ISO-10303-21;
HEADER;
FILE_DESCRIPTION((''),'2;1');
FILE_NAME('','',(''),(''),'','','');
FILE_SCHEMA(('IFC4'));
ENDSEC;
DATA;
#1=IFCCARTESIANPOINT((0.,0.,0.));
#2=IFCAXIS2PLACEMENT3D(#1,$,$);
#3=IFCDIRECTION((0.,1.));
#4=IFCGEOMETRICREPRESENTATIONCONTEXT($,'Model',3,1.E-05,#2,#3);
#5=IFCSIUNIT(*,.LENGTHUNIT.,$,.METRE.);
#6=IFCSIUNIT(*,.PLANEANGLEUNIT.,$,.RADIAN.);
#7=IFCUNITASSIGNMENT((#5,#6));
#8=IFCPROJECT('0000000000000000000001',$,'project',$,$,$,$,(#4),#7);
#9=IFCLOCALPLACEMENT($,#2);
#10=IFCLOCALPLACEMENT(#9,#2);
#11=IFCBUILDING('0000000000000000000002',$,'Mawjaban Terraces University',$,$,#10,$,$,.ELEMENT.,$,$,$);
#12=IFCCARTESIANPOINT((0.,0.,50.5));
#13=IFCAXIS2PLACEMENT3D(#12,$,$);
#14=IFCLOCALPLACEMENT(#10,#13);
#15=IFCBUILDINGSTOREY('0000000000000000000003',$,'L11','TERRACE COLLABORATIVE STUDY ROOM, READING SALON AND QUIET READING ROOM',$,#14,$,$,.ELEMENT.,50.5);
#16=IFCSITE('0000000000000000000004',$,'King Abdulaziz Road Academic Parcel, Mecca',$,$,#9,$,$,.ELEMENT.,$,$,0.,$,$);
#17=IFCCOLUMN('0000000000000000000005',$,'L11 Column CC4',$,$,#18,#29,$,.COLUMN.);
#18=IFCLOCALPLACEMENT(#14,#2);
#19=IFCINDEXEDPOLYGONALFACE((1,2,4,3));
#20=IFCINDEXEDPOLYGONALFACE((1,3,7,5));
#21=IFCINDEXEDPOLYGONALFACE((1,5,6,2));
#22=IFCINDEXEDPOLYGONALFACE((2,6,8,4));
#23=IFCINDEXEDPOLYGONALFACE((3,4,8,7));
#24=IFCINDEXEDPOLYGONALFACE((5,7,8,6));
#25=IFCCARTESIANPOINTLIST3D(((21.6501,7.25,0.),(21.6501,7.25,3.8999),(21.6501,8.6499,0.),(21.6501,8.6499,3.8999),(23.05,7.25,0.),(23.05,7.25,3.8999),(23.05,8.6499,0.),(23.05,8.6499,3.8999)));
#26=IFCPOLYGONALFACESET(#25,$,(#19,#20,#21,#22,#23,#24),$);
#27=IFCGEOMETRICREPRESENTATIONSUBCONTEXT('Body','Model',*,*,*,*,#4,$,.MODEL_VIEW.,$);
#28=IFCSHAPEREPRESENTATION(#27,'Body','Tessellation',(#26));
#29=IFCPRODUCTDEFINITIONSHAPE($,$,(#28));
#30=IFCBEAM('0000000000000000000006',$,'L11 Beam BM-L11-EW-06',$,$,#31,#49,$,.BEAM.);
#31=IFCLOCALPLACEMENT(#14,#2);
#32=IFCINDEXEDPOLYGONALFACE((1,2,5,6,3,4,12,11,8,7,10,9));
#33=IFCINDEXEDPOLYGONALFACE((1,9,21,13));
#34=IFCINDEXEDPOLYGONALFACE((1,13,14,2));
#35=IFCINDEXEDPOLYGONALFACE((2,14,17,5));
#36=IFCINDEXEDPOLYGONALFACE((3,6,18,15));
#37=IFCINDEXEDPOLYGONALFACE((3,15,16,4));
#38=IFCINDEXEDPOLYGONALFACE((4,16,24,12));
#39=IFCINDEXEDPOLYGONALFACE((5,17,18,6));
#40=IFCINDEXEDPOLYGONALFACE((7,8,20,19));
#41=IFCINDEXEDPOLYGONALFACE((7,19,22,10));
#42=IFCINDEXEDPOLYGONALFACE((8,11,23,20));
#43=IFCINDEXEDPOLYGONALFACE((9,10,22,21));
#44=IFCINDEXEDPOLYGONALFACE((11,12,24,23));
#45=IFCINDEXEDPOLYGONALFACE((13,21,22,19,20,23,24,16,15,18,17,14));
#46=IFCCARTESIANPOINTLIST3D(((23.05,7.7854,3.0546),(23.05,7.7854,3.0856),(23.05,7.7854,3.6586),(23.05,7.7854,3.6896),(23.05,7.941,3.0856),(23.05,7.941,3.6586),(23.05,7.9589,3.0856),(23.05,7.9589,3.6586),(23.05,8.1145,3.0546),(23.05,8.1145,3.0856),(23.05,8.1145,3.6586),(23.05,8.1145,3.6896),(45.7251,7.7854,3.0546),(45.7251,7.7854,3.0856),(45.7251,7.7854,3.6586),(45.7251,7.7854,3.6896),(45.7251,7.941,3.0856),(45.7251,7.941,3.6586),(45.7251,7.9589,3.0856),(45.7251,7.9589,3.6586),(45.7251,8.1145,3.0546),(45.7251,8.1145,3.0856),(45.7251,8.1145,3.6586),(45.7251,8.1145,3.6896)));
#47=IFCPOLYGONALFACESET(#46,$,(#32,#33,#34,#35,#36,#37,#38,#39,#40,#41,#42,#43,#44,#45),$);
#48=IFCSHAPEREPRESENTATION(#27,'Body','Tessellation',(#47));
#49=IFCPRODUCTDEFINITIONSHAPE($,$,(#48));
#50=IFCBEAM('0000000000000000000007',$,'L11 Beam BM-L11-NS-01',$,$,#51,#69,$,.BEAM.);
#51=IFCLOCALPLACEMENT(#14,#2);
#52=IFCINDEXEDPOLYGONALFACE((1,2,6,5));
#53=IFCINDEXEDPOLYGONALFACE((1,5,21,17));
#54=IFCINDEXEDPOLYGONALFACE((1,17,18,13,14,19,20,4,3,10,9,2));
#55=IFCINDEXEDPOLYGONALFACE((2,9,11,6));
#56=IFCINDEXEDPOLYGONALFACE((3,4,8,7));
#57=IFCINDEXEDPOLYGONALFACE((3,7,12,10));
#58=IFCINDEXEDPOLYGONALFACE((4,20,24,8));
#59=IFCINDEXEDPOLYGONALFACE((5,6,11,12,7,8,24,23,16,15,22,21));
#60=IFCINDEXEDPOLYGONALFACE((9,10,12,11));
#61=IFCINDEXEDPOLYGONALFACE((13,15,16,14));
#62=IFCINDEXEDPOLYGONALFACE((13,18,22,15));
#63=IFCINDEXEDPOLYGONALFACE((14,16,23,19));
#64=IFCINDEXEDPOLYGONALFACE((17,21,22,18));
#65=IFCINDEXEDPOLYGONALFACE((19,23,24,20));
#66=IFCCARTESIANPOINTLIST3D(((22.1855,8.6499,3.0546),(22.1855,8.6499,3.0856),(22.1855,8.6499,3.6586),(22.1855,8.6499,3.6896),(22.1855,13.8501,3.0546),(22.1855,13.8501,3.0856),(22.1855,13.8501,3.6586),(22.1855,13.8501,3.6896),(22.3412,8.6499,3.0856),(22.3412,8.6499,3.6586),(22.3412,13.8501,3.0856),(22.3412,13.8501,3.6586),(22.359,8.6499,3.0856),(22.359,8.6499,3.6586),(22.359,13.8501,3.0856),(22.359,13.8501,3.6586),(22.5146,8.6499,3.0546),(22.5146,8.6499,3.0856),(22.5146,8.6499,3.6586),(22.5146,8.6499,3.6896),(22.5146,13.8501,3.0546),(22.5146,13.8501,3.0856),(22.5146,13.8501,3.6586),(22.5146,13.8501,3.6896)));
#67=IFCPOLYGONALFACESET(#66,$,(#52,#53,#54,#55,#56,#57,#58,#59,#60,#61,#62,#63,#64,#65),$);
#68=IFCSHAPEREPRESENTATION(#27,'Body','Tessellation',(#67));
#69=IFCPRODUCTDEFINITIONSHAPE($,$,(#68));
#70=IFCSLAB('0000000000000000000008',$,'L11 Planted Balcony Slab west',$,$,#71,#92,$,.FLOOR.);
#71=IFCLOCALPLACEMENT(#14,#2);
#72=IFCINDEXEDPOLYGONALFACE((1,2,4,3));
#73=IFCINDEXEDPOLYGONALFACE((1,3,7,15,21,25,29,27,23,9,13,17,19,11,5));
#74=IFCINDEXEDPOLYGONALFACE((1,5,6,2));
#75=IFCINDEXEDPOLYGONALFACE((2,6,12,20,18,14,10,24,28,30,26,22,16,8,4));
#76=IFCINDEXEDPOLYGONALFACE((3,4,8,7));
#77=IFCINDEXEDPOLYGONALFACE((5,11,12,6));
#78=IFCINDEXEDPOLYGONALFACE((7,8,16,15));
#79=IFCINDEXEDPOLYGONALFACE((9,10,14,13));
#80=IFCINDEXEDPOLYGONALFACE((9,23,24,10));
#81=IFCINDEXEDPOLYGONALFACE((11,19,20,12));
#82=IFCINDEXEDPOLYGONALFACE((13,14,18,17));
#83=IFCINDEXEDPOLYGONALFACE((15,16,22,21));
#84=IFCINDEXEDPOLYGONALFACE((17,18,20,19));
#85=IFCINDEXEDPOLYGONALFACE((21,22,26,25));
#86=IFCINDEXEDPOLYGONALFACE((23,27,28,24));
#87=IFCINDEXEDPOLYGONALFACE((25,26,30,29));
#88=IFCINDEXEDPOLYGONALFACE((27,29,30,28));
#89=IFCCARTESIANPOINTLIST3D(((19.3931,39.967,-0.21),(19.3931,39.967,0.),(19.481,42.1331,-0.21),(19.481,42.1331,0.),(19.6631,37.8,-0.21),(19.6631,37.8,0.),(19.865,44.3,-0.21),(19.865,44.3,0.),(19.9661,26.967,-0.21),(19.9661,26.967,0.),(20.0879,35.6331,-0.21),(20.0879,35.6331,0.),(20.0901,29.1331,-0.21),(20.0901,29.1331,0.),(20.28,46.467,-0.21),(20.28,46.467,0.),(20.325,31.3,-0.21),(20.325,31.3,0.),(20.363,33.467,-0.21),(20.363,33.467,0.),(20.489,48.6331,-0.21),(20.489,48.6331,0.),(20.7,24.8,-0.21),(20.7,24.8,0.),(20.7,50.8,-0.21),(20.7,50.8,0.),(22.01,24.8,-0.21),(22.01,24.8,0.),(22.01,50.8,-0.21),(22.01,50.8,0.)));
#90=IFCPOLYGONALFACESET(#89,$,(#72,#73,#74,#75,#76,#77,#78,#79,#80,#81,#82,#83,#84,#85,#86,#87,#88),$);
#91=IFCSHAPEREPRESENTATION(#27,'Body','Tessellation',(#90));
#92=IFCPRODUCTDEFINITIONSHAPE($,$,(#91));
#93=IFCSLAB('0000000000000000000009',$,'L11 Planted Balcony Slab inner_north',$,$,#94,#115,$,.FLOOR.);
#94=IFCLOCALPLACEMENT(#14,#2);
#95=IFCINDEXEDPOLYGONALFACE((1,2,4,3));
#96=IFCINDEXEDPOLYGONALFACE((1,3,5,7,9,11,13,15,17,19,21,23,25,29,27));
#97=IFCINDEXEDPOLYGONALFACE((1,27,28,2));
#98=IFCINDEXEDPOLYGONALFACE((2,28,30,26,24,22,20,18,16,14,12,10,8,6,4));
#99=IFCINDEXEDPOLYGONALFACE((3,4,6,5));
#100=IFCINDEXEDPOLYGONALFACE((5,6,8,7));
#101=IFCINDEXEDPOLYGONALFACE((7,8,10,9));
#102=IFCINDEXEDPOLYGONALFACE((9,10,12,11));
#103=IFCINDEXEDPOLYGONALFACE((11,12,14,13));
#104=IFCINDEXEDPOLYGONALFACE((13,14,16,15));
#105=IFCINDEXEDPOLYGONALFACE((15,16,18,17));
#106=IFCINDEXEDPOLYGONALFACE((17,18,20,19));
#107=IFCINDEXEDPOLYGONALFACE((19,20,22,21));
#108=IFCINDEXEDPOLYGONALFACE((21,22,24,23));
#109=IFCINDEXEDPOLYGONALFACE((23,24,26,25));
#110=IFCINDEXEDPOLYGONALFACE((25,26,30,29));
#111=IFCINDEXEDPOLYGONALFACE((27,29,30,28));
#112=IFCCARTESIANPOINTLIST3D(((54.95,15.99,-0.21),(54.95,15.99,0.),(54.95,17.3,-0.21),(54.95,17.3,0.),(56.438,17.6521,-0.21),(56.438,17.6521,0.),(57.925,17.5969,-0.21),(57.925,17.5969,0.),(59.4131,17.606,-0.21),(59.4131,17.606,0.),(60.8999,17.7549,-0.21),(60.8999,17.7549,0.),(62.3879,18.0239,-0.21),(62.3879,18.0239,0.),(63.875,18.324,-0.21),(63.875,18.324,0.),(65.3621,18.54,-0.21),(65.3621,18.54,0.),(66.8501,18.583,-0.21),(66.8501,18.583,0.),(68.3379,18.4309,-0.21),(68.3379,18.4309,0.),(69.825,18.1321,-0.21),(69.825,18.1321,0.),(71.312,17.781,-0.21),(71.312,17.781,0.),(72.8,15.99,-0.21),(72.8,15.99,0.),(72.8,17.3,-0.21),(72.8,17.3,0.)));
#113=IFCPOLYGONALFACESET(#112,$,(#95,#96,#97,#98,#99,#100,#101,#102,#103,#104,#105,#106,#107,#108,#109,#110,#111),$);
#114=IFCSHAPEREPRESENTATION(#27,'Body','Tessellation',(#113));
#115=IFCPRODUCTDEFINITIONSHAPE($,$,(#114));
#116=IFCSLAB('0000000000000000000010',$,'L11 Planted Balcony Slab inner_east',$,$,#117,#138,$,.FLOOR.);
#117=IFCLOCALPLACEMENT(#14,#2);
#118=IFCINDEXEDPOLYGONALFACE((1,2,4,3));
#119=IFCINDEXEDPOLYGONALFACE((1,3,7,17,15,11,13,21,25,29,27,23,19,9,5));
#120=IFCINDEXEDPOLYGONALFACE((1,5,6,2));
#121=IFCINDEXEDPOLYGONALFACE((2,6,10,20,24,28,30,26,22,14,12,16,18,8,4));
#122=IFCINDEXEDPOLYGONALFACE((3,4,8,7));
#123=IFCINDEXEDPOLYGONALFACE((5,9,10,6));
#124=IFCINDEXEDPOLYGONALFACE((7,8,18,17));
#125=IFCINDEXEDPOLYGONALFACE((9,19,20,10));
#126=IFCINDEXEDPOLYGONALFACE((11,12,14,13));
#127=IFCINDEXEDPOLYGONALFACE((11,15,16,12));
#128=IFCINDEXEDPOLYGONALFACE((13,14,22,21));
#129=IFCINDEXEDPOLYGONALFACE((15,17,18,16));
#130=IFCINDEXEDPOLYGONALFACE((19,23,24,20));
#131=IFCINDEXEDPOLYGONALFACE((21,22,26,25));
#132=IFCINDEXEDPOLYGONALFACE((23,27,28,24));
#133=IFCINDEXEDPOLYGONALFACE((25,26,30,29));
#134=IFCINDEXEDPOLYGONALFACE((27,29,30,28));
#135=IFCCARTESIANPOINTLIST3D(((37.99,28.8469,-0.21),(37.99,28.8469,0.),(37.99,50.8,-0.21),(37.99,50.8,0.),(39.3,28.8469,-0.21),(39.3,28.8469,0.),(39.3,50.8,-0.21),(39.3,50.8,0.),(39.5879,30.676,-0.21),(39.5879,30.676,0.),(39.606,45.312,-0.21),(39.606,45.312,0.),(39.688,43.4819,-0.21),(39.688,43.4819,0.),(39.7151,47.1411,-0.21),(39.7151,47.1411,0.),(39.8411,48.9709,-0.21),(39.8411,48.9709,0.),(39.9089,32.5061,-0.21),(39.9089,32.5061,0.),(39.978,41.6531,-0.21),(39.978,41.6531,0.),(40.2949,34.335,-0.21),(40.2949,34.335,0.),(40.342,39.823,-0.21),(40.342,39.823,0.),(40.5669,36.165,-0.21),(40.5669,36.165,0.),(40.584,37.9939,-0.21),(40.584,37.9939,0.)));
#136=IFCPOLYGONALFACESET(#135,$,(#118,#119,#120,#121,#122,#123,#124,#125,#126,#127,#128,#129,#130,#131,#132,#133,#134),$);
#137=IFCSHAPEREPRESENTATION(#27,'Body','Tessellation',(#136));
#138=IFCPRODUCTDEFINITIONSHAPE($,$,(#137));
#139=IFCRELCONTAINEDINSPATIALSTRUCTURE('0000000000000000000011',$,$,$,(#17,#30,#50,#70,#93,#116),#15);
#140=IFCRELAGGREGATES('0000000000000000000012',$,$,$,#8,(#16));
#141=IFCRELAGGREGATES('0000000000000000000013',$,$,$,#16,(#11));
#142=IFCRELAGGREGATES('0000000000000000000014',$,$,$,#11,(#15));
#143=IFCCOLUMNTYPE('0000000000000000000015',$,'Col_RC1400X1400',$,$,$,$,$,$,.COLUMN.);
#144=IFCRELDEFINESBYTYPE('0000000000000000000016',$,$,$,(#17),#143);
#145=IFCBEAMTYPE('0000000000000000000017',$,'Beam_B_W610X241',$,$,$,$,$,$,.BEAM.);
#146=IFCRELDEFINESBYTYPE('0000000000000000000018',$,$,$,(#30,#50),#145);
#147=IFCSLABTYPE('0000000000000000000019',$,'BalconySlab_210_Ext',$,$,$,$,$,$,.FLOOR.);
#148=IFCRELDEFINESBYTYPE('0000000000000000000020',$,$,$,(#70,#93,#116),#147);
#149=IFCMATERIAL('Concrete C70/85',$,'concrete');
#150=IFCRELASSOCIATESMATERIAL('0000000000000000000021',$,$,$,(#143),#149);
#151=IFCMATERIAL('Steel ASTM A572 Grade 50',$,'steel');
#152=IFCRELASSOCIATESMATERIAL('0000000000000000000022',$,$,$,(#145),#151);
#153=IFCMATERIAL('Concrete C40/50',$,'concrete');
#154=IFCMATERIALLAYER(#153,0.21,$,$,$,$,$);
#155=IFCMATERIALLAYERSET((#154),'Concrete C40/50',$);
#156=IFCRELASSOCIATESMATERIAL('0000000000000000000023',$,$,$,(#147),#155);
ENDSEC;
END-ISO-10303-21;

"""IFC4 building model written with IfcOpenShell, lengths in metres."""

from ifc_helpers import new_model, si_unit, direction, frame, origin, origin_2d, place, context, subcontext, project, spatial, polyline, rectangle, i_section, outline, extrude, material, layer, layer_set, material_profile, profile_set, type_object, element, save


model = new_model("IFC4")

# Units and contexts
model_context = context("Model", 3, precision=1e-05, world=origin(), true_north=direction((0.0, 1.0)))
body_context = subcontext(model_context, "Body", "Model", "MODEL_VIEW")
ifc_project = project(units=[si_unit("LENGTHUNIT", "METRE"), si_unit("PLANEANGLEUNIT", "RADIAN")], contexts=[model_context])

# Site, building, storey
site_placement = place(None, origin())
site = spatial("IfcSite", under=ifc_project, at=site_placement, Name="King Abdulaziz Road Academic Parcel, Mecca", CompositionType="ELEMENT", RefElevation=0.0)
building_placement = place(site_placement, origin())
building = spatial("IfcBuilding", under=site, at=building_placement, Name="Mawjaban Terraces University", CompositionType="ELEMENT")
storey_placement = place(building_placement, frame((0.0, 0.0, 50.5)))
storey = spatial("IfcBuildingStorey", under=building, at=storey_placement, Name="L11", Description="TERRACE COLLABORATIVE STUDY ROOM, READING SALON AND QUIET READING ROOM", CompositionType="ELEMENT", Elevation=50.5)

# Column
ifc_material_1 = material(Name="Concrete C70/85", Category="concrete")
ifc_material_profile_1 = material_profile(ifc_material_1, rectangle(XDim=1.3999, YDim=1.3999, at=origin_2d()), Name="RC1400X1400")
ifc_profile_set_1 = profile_set([ifc_material_profile_1], Name="Concrete C70/85")
column_type = type_object("IfcColumnType", Name="Col_RC1400X1400", PredefinedType="COLUMN", material=ifc_profile_set_1)
column_placement = place(storey_placement, frame((22.3501, 7.95, 0.0), z_axis=(0.0, 0.0, 1.0), x_axis=(1.0, 0.0, 0.0)))
element("IfcColumn", 1, at=column_placement, inside=storey, type_object=column_type, Name="L11 Column CC4", PredefinedType="COLUMN", context=body_context, shape_type="SweptSolid", body=[
    extrude(rectangle(XDim=1.3999, YDim=1.3999, at=origin_2d()), origin(), (0.0, 0.0, 1.0), 3.8999),
])

# Beams
ifc_material_2 = material(Name="Steel ASTM A572 Grade 50", Category="steel")
ifc_material_profile_2 = material_profile(ifc_material_2, i_section(OverallWidth=0.3291, OverallDepth=0.635, WebThickness=0.0178, FlangeThickness=0.031, at=origin_2d()), Name="W610X241")
ifc_profile_set_2 = profile_set([ifc_material_profile_2], Name="Steel ASTM A572 Grade 50")
beam_type = type_object("IfcBeamType", Name="Beam_B_W610X241", PredefinedType="BEAM", material=ifc_profile_set_2)
beam_1_placement = place(storey_placement, frame((23.05, 7.95, 3.3721), z_axis=(1.0, 0.0, 0.0), x_axis=(0.0, 1.0, 0.0)))
element("IfcBeam", 2, at=beam_1_placement, inside=storey, type_object=beam_type, Name="L11 Beam BM-L11-EW-06", PredefinedType="BEAM", context=body_context, shape_type="SweptSolid", body=[
    extrude(i_section(OverallWidth=0.3291, OverallDepth=0.635, WebThickness=0.0178, FlangeThickness=0.031, at=origin_2d()), origin(), (0.0, 0.0, 1.0), 22.675),
])
beam_2_placement = place(storey_placement, frame((22.3501, 8.6499, 3.3721), z_axis=(0.0, 1.0, 0.0), x_axis=(-1.0, 0.0, 0.0)))
element("IfcBeam", 3, at=beam_2_placement, inside=storey, type_object=beam_type, Name="L11 Beam BM-L11-NS-01", PredefinedType="BEAM", context=body_context, shape_type="SweptSolid", body=[
    extrude(i_section(OverallWidth=0.3291, OverallDepth=0.635, WebThickness=0.0178, FlangeThickness=0.031, at=origin_2d()), origin(), (0.0, 0.0, 1.0), 5.2002),
])

# Slabs
ifc_material_3 = material(Name="Concrete C40/50", Category="concrete")
ifc_layer_1 = layer(ifc_material_3, 0.21)
ifc_layer_set_1 = layer_set([ifc_layer_1], Name="Concrete C40/50")
slab_type_1 = type_object("IfcSlabType", Name="BalconySlab_210_Ext", PredefinedType="FLOOR", material=ifc_layer_set_1)
slab_1_placement = place(storey_placement, frame((0.0, 0.0, -0.21)))
element("IfcSlab", 4, at=slab_1_placement, inside=storey, type_object=slab_type_1, Name="L11 Planted Balcony Slab west", PredefinedType="FLOOR", context=body_context, shape_type="SweptSolid", body=[
    extrude(outline(polyline([(22.01, 24.8), (22.01, 50.8), (20.7, 50.8), (20.489, 48.6331), (20.28, 46.467), (19.865, 44.3), (19.481, 42.1331), (19.3931, 39.967), (19.6631, 37.8), (20.0879, 35.6331), (20.363, 33.467), (20.325, 31.3), (20.0901, 29.1331), (19.9661, 26.967), (20.7, 24.8), (22.01, 24.8)])), origin(), (0.0, 0.0, 1.0), 0.21),
])
slab_2_placement = place(storey_placement, frame((0.0, 0.0, -0.21)))
element("IfcSlab", 5, at=slab_2_placement, inside=storey, type_object=slab_type_1, Name="L11 Planted Balcony Slab inner_north", PredefinedType="FLOOR", context=body_context, shape_type="SweptSolid", body=[
    extrude(outline(polyline([(54.95, 15.99), (72.8, 15.99), (72.8, 17.3), (71.312, 17.781), (69.825, 18.1321), (68.3379, 18.4309), (66.8501, 18.583), (65.3621, 18.54), (63.875, 18.324), (62.3879, 18.0239), (60.8999, 17.7549), (59.4131, 17.606), (57.925, 17.5969), (56.438, 17.6521), (54.95, 17.3), (54.95, 15.99)])), origin(), (0.0, 0.0, 1.0), 0.21),
])
slab_3_placement = place(storey_placement, frame((0.0, 0.0, -0.21)))
element("IfcSlab", 6, at=slab_3_placement, inside=storey, type_object=slab_type_1, Name="L11 Planted Balcony Slab inner_east", PredefinedType="FLOOR", context=body_context, shape_type="SweptSolid", body=[
    extrude(outline(polyline([(39.3, 28.8469), (39.5879, 30.676), (39.9089, 32.5061), (40.2949, 34.335), (40.5669, 36.165), (40.584, 37.9939), (40.342, 39.823), (39.978, 41.6531), (39.688, 43.4819), (39.606, 45.312), (39.7151, 47.1411), (39.8411, 48.9709), (39.3, 50.8), (37.99, 50.8), (37.99, 28.8469), (39.3, 28.8469)])), origin(), (0.0, 0.0, 1.0), 0.21),
])

save(model, "model.ifc")
